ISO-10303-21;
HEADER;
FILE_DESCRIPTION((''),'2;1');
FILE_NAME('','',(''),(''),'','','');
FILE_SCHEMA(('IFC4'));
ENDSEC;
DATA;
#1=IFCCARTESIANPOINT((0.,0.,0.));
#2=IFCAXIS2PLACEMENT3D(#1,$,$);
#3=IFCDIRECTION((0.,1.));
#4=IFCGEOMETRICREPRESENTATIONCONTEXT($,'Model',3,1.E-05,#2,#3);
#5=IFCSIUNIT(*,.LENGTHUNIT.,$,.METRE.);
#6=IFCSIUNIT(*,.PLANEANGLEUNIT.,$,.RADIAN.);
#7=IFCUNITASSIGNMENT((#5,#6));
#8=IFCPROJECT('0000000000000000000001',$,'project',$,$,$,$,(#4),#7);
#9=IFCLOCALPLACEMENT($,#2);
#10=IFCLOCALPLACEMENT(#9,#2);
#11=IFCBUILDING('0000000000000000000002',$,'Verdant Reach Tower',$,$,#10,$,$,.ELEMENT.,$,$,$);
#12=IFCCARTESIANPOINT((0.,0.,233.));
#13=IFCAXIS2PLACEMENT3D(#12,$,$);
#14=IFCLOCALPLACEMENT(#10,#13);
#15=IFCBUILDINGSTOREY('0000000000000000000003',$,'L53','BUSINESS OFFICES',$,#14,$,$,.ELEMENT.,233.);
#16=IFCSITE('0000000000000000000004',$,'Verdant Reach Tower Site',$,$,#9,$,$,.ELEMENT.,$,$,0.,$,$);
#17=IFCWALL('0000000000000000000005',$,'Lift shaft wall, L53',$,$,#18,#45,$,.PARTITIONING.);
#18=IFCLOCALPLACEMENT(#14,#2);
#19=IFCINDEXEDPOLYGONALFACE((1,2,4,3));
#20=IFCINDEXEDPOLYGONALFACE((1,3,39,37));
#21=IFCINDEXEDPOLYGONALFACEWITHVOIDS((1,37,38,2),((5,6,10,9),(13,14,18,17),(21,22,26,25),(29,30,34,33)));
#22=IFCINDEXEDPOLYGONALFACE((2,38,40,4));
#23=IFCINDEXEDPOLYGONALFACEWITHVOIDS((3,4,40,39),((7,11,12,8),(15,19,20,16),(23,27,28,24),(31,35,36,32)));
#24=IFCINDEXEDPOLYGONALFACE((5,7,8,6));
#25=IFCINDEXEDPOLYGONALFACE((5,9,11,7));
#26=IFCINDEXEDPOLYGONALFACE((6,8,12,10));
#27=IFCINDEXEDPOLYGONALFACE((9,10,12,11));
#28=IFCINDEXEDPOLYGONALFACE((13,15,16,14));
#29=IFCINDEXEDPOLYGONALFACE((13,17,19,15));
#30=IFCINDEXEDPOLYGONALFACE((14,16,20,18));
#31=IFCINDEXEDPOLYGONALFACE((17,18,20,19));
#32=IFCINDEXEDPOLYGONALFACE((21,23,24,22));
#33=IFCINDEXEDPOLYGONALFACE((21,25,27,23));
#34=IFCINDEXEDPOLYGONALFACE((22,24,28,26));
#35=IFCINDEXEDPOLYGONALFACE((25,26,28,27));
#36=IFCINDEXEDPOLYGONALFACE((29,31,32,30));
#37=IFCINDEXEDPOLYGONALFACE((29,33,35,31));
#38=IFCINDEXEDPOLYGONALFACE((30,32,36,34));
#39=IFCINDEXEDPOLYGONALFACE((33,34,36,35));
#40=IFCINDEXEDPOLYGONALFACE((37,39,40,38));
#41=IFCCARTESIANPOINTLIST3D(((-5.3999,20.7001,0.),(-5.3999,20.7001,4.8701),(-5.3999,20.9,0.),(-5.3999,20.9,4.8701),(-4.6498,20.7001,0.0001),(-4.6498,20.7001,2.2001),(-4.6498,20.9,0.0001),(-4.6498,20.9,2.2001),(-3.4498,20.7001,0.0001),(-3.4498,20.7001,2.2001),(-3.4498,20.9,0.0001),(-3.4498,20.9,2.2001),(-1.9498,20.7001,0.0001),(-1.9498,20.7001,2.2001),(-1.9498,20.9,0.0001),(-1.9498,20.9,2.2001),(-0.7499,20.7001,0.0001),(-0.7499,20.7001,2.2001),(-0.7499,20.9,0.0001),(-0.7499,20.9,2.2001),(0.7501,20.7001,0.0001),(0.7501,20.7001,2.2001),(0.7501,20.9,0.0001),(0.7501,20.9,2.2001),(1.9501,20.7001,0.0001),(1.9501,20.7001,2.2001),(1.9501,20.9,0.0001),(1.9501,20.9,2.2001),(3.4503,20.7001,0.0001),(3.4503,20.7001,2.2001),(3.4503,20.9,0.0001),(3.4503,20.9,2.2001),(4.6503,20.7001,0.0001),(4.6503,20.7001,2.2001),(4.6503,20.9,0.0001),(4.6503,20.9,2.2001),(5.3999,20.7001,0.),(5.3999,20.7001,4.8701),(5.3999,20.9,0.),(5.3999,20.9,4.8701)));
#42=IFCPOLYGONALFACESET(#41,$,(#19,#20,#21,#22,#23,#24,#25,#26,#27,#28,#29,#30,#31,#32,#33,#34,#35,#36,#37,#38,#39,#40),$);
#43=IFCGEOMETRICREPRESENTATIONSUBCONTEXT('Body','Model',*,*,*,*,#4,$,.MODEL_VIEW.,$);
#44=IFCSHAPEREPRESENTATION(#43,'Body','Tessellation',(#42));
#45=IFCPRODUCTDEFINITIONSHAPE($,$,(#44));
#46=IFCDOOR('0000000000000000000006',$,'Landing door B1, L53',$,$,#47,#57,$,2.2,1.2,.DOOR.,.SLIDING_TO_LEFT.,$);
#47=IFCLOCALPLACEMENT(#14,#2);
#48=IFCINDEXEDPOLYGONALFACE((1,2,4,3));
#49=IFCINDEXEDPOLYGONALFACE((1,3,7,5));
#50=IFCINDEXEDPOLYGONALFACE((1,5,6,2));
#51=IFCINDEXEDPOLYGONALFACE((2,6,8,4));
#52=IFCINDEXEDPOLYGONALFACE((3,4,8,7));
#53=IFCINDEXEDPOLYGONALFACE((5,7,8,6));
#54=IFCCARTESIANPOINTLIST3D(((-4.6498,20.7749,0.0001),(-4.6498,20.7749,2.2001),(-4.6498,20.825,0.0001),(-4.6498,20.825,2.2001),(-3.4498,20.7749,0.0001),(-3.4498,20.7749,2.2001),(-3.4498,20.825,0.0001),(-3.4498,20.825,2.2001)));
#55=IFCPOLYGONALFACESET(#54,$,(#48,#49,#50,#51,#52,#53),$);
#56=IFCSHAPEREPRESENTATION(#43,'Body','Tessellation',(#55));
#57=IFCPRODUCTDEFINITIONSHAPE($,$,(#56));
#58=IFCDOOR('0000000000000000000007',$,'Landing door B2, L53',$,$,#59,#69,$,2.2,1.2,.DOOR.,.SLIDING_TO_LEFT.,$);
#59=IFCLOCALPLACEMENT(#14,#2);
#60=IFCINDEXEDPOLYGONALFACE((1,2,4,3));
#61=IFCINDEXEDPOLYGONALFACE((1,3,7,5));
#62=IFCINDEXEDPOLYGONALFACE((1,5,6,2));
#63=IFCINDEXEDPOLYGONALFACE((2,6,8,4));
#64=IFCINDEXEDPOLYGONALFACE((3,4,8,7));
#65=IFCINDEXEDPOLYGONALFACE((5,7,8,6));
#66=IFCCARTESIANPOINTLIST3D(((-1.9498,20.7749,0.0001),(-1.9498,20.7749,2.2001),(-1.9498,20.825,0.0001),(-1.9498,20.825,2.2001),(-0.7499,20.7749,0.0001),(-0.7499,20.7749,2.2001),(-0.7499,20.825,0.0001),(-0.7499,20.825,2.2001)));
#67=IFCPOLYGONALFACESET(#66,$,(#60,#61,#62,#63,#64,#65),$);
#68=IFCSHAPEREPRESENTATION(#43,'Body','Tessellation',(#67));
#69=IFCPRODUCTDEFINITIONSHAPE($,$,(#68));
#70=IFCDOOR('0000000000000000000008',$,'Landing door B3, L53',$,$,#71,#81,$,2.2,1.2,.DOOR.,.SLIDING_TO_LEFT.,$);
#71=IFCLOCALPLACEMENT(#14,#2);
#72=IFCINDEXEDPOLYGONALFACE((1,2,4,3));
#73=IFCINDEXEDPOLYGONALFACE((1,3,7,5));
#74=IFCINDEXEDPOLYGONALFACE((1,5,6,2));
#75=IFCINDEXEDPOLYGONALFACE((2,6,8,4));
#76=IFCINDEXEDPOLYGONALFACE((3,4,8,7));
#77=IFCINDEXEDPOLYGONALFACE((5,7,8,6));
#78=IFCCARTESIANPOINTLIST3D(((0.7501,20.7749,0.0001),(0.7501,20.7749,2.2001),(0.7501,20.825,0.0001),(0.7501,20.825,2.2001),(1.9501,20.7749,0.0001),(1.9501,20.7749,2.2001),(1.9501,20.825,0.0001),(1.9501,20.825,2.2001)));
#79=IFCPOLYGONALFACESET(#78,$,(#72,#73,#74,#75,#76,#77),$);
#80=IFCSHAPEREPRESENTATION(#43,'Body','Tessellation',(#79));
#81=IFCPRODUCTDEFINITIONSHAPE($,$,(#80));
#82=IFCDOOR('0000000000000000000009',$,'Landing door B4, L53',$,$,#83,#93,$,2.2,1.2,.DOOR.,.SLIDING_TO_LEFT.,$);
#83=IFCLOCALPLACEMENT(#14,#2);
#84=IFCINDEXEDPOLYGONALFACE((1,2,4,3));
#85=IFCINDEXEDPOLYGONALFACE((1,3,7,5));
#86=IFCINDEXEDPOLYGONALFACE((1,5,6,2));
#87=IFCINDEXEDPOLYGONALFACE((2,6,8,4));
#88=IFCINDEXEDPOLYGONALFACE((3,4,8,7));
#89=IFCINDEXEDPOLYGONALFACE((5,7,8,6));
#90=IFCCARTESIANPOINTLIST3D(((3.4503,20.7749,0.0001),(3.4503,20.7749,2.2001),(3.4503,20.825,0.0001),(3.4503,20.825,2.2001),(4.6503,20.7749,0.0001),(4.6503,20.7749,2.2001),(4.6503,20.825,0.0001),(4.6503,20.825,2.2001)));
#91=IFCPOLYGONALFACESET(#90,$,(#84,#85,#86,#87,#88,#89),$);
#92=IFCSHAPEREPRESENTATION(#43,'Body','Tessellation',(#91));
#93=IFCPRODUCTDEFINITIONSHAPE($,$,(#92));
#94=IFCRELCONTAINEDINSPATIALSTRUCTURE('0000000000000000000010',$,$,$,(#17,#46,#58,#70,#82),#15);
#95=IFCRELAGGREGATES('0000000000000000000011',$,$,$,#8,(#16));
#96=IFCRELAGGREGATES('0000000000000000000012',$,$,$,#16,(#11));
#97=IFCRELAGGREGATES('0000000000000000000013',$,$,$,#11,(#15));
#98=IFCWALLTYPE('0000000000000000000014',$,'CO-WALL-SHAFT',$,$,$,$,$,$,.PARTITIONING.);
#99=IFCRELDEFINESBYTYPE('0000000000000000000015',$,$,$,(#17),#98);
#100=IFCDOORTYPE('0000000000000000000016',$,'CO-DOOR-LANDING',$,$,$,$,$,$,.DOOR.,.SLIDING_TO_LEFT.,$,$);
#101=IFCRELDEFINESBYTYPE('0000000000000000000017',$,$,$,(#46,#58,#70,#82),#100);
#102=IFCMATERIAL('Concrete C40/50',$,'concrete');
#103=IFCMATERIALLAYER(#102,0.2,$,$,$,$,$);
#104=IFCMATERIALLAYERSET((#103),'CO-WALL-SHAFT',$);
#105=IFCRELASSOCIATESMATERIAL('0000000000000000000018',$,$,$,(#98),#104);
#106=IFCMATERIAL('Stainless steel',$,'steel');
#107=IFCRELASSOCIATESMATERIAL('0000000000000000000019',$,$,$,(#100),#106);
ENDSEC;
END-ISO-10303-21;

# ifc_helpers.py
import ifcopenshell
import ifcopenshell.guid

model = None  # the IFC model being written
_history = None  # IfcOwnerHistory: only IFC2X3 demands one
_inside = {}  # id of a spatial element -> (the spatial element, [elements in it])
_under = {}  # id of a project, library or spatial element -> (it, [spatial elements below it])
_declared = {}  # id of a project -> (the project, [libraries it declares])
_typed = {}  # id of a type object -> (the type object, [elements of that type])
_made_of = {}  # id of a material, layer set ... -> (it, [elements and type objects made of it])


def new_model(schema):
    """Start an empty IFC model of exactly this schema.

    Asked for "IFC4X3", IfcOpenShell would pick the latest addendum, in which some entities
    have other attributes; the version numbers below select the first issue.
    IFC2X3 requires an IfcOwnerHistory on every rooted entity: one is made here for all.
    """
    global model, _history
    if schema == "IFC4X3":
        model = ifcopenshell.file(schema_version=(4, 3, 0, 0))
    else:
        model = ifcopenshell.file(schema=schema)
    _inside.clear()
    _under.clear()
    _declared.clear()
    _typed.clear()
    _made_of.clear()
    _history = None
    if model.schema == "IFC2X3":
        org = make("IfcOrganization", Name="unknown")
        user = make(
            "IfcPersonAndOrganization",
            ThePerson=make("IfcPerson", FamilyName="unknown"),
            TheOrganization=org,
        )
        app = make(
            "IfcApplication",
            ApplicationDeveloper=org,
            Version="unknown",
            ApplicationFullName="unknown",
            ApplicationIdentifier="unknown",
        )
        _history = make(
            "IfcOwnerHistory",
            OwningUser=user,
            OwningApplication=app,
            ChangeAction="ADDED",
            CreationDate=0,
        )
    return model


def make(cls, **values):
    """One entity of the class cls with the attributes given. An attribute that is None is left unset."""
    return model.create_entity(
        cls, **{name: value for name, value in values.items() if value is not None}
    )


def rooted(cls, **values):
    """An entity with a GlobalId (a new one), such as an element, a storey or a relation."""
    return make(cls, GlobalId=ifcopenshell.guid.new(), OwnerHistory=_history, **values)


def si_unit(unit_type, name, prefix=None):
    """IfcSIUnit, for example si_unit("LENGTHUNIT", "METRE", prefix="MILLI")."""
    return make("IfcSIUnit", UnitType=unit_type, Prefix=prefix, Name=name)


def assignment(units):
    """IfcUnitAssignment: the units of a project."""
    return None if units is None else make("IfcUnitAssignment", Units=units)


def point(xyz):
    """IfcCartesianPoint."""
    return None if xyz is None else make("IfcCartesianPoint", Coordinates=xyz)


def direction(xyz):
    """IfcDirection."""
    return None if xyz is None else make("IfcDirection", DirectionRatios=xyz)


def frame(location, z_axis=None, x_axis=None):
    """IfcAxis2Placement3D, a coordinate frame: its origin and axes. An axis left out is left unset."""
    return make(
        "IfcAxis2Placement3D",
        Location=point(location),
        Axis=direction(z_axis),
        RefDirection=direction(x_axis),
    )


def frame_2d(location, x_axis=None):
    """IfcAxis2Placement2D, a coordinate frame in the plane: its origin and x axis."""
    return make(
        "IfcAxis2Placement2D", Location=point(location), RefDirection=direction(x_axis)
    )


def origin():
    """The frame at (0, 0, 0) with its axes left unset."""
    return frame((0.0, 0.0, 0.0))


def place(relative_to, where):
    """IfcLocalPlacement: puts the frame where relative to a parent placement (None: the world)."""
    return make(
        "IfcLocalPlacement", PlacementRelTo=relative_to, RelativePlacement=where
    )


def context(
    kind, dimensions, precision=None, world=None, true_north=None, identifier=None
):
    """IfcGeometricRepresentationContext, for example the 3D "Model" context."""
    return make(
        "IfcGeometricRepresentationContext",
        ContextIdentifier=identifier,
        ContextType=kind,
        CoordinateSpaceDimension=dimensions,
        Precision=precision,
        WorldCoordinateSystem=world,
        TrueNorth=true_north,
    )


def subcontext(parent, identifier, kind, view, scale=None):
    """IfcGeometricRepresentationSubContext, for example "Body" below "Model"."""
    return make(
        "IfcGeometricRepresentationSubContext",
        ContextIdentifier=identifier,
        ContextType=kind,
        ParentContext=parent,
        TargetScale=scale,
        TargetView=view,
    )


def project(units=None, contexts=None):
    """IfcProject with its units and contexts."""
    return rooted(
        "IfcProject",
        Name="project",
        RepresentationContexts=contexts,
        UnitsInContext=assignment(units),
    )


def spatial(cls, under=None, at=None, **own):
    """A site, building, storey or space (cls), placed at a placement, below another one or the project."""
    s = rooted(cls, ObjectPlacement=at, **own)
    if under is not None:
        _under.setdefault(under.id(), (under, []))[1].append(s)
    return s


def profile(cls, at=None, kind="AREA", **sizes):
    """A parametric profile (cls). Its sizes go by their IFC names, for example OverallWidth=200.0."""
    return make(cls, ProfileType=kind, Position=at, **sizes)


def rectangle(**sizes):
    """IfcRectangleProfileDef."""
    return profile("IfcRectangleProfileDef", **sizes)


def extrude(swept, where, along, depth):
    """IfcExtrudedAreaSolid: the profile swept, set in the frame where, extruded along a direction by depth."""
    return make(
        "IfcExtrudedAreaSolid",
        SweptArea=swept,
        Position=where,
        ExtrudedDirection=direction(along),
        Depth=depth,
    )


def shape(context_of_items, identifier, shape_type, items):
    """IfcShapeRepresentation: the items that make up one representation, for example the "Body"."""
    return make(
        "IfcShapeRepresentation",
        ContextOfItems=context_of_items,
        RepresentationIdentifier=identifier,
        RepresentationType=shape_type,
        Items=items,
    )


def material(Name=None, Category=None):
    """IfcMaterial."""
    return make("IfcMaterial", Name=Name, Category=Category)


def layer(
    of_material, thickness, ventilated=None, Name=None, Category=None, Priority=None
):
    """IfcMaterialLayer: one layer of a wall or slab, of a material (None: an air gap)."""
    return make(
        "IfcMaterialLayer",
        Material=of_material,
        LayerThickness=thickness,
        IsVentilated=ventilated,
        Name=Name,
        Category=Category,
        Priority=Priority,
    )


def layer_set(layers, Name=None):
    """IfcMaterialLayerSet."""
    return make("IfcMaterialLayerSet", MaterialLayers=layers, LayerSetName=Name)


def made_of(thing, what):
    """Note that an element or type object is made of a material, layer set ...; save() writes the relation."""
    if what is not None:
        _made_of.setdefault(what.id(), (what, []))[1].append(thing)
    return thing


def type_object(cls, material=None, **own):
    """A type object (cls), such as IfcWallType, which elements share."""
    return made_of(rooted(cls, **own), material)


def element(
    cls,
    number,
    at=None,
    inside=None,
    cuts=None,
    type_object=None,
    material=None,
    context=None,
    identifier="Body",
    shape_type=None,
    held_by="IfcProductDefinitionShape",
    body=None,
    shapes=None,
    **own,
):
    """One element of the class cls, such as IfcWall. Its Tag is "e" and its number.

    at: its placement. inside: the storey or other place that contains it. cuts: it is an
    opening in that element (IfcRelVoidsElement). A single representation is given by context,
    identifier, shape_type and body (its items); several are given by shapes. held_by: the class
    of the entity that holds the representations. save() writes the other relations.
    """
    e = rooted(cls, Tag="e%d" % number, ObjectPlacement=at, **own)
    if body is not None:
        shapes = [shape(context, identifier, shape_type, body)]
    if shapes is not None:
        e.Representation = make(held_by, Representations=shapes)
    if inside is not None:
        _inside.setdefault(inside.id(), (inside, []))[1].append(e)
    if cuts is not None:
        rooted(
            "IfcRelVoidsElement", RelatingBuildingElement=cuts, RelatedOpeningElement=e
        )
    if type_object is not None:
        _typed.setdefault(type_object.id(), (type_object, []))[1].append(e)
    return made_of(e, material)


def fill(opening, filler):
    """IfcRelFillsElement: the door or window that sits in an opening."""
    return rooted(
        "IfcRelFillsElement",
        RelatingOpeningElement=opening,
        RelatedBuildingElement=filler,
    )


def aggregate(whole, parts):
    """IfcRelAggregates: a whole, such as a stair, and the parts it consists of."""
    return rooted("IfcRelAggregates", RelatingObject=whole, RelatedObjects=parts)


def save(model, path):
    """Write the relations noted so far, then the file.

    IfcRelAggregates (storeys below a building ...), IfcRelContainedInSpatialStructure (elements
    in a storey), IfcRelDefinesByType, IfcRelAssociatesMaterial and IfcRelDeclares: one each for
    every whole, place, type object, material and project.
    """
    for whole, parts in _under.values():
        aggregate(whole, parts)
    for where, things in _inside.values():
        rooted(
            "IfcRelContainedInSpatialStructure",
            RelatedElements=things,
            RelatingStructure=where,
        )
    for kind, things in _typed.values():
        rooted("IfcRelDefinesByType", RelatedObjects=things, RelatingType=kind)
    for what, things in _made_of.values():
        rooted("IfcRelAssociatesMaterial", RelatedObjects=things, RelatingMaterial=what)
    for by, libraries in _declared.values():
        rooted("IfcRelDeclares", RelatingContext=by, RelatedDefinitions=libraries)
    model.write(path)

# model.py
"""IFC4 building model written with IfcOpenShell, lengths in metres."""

from ifc_helpers import new_model, si_unit, direction, frame, frame_2d, origin, place, context, subcontext, project, spatial, rectangle, extrude, material, layer, layer_set, type_object, element, fill, save


model = new_model("IFC4")

# Units and contexts
model_context = context("Model", 3, precision=1e-05, world=origin(), true_north=direction((0.0, 1.0)))
body_context = subcontext(model_context, "Body", "Model", "MODEL_VIEW")
ifc_project = project(units=[si_unit("LENGTHUNIT", "METRE"), si_unit("PLANEANGLEUNIT", "RADIAN")], contexts=[model_context])

# Site, building, storey
site_placement = place(None, origin())
site = spatial("IfcSite", under=ifc_project, at=site_placement, Name="Verdant Reach Tower Site", CompositionType="ELEMENT", RefElevation=0.0)
building_placement = place(site_placement, origin())
building = spatial("IfcBuilding", under=site, at=building_placement, Name="Verdant Reach Tower", CompositionType="ELEMENT")
storey_placement = place(building_placement, frame((0.0, 0.0, 233.0)))
storey = spatial("IfcBuildingStorey", under=building, at=storey_placement, Name="L53", Description="BUSINESS OFFICES", CompositionType="ELEMENT", Elevation=233.0)

# Wall, openings, doors
ifc_material_1 = material(Name="Concrete C40/50", Category="concrete")
ifc_layer_1 = layer(ifc_material_1, 0.2)
ifc_layer_set_1 = layer_set([ifc_layer_1], Name="CO-WALL-SHAFT")
wall_type_1 = type_object("IfcWallType", Name="CO-WALL-SHAFT", PredefinedType="PARTITIONING", material=ifc_layer_set_1)
wall_1_placement = place(storey_placement, frame((-5.3999, 20.8, 0.0), z_axis=(0.0, 0.0, 1.0), x_axis=(1.0, 0.0, 0.0)))
wall_1 = element("IfcWall", 1, at=wall_1_placement, inside=storey, type_object=wall_type_1, Name="Lift shaft wall, L53", PredefinedType="PARTITIONING", context=body_context, shape_type="SweptSolid", body=[
    extrude(rectangle(XDim=10.7998, YDim=0.2, at=frame_2d((5.3999, 0.0))), origin(), (0.0, 0.0, 1.0), 4.8701),
])
opening_1_placement = place(wall_1_placement, frame((0.75, 0.0, 0.0)))
opening_1 = element("IfcOpeningElement", 2, at=opening_1_placement, cuts=wall_1, PredefinedType="OPENING", context=body_context, shape_type="SweptSolid", body=[
    extrude(rectangle(XDim=1.2, YDim=2.2, at=frame_2d((0.6001, 1.1001))), frame((0.0, 0.1099, 0.0), z_axis=(0.0, -1.0, 0.0), x_axis=(1.0, 0.0, 0.0)), (0.0, 0.0, 1.0), 0.22),
])
opening_2_placement = place(wall_1_placement, frame((3.45, 0.0, 0.0)))
opening_2 = element("IfcOpeningElement", 3, at=opening_2_placement, cuts=wall_1, PredefinedType="OPENING", context=body_context, shape_type="SweptSolid", body=[
    extrude(rectangle(XDim=1.2, YDim=2.2, at=frame_2d((0.6001, 1.1001))), frame((0.0, 0.1099, 0.0), z_axis=(0.0, -1.0, 0.0), x_axis=(1.0, 0.0, 0.0)), (0.0, 0.0, 1.0), 0.22),
])
opening_3_placement = place(wall_1_placement, frame((6.1499, 0.0, 0.0)))
opening_3 = element("IfcOpeningElement", 4, at=opening_3_placement, cuts=wall_1, PredefinedType="OPENING", context=body_context, shape_type="SweptSolid", body=[
    extrude(rectangle(XDim=1.2, YDim=2.2, at=frame_2d((0.6001, 1.1001))), frame((0.0, 0.1099, 0.0), z_axis=(0.0, -1.0, 0.0), x_axis=(1.0, 0.0, 0.0)), (0.0, 0.0, 1.0), 0.22),
])
opening_4_placement = place(wall_1_placement, frame((8.8501, 0.0, 0.0)))
opening_4 = element("IfcOpeningElement", 5, at=opening_4_placement, cuts=wall_1, PredefinedType="OPENING", context=body_context, shape_type="SweptSolid", body=[
    extrude(rectangle(XDim=1.2, YDim=2.2, at=frame_2d((0.6001, 1.1001))), frame((0.0, 0.1099, 0.0), z_axis=(0.0, -1.0, 0.0), x_axis=(1.0, 0.0, 0.0)), (0.0, 0.0, 1.0), 0.22),
])
ifc_material_2 = material(Name="Stainless steel", Category="steel")
door_type_1 = type_object("IfcDoorType", Name="CO-DOOR-LANDING", OperationType="SLIDING_TO_LEFT", PredefinedType="DOOR", material=ifc_material_2)
door_1_placement = place(opening_1_placement, origin())
door_1 = element("IfcDoor", 6, at=door_1_placement, inside=storey, type_object=door_type_1, Name="Landing door B1, L53", OperationType="SLIDING_TO_LEFT", OverallHeight=2.2, OverallWidth=1.2, PredefinedType="DOOR", context=body_context, shape_type="SweptSolid", body=[
    extrude(rectangle(XDim=1.2, YDim=2.2, at=frame_2d((0.6001, 1.1001))), frame((0.0, 0.0249, 0.0), z_axis=(0.0, -1.0, 0.0), x_axis=(1.0, 0.0, 0.0)), (0.0, 0.0, 1.0), 0.05),
])
fill(opening_1, door_1)
door_2_placement = place(opening_2_placement, origin())
door_2 = element("IfcDoor", 7, at=door_2_placement, inside=storey, type_object=door_type_1, Name="Landing door B2, L53", OperationType="SLIDING_TO_LEFT", OverallHeight=2.2, OverallWidth=1.2, PredefinedType="DOOR", context=body_context, shape_type="SweptSolid", body=[
    extrude(rectangle(XDim=1.2, YDim=2.2, at=frame_2d((0.6001, 1.1001))), frame((0.0, 0.0249, 0.0), z_axis=(0.0, -1.0, 0.0), x_axis=(1.0, 0.0, 0.0)), (0.0, 0.0, 1.0), 0.05),
])
fill(opening_2, door_2)
door_3_placement = place(opening_3_placement, origin())
door_3 = element("IfcDoor", 8, at=door_3_placement, inside=storey, type_object=door_type_1, Name="Landing door B3, L53", OperationType="SLIDING_TO_LEFT", OverallHeight=2.2, OverallWidth=1.2, PredefinedType="DOOR", context=body_context, shape_type="SweptSolid", body=[
    extrude(rectangle(XDim=1.2, YDim=2.2, at=frame_2d((0.6001, 1.1001))), frame((0.0, 0.0249, 0.0), z_axis=(0.0, -1.0, 0.0), x_axis=(1.0, 0.0, 0.0)), (0.0, 0.0, 1.0), 0.05),
])
fill(opening_3, door_3)
door_4_placement = place(opening_4_placement, origin())
door_4 = element("IfcDoor", 9, at=door_4_placement, inside=storey, type_object=door_type_1, Name="Landing door B4, L53", OperationType="SLIDING_TO_LEFT", OverallHeight=2.2, OverallWidth=1.2, PredefinedType="DOOR", context=body_context, shape_type="SweptSolid", body=[
    extrude(rectangle(XDim=1.2, YDim=2.2, at=frame_2d((0.6001, 1.1001))), frame((0.0, 0.0249, 0.0), z_axis=(0.0, -1.0, 0.0), x_axis=(1.0, 0.0, 0.0)), (0.0, 0.0, 1.0), 0.05),
])
fill(opening_4, door_4)

save(model, "model.ifc")
